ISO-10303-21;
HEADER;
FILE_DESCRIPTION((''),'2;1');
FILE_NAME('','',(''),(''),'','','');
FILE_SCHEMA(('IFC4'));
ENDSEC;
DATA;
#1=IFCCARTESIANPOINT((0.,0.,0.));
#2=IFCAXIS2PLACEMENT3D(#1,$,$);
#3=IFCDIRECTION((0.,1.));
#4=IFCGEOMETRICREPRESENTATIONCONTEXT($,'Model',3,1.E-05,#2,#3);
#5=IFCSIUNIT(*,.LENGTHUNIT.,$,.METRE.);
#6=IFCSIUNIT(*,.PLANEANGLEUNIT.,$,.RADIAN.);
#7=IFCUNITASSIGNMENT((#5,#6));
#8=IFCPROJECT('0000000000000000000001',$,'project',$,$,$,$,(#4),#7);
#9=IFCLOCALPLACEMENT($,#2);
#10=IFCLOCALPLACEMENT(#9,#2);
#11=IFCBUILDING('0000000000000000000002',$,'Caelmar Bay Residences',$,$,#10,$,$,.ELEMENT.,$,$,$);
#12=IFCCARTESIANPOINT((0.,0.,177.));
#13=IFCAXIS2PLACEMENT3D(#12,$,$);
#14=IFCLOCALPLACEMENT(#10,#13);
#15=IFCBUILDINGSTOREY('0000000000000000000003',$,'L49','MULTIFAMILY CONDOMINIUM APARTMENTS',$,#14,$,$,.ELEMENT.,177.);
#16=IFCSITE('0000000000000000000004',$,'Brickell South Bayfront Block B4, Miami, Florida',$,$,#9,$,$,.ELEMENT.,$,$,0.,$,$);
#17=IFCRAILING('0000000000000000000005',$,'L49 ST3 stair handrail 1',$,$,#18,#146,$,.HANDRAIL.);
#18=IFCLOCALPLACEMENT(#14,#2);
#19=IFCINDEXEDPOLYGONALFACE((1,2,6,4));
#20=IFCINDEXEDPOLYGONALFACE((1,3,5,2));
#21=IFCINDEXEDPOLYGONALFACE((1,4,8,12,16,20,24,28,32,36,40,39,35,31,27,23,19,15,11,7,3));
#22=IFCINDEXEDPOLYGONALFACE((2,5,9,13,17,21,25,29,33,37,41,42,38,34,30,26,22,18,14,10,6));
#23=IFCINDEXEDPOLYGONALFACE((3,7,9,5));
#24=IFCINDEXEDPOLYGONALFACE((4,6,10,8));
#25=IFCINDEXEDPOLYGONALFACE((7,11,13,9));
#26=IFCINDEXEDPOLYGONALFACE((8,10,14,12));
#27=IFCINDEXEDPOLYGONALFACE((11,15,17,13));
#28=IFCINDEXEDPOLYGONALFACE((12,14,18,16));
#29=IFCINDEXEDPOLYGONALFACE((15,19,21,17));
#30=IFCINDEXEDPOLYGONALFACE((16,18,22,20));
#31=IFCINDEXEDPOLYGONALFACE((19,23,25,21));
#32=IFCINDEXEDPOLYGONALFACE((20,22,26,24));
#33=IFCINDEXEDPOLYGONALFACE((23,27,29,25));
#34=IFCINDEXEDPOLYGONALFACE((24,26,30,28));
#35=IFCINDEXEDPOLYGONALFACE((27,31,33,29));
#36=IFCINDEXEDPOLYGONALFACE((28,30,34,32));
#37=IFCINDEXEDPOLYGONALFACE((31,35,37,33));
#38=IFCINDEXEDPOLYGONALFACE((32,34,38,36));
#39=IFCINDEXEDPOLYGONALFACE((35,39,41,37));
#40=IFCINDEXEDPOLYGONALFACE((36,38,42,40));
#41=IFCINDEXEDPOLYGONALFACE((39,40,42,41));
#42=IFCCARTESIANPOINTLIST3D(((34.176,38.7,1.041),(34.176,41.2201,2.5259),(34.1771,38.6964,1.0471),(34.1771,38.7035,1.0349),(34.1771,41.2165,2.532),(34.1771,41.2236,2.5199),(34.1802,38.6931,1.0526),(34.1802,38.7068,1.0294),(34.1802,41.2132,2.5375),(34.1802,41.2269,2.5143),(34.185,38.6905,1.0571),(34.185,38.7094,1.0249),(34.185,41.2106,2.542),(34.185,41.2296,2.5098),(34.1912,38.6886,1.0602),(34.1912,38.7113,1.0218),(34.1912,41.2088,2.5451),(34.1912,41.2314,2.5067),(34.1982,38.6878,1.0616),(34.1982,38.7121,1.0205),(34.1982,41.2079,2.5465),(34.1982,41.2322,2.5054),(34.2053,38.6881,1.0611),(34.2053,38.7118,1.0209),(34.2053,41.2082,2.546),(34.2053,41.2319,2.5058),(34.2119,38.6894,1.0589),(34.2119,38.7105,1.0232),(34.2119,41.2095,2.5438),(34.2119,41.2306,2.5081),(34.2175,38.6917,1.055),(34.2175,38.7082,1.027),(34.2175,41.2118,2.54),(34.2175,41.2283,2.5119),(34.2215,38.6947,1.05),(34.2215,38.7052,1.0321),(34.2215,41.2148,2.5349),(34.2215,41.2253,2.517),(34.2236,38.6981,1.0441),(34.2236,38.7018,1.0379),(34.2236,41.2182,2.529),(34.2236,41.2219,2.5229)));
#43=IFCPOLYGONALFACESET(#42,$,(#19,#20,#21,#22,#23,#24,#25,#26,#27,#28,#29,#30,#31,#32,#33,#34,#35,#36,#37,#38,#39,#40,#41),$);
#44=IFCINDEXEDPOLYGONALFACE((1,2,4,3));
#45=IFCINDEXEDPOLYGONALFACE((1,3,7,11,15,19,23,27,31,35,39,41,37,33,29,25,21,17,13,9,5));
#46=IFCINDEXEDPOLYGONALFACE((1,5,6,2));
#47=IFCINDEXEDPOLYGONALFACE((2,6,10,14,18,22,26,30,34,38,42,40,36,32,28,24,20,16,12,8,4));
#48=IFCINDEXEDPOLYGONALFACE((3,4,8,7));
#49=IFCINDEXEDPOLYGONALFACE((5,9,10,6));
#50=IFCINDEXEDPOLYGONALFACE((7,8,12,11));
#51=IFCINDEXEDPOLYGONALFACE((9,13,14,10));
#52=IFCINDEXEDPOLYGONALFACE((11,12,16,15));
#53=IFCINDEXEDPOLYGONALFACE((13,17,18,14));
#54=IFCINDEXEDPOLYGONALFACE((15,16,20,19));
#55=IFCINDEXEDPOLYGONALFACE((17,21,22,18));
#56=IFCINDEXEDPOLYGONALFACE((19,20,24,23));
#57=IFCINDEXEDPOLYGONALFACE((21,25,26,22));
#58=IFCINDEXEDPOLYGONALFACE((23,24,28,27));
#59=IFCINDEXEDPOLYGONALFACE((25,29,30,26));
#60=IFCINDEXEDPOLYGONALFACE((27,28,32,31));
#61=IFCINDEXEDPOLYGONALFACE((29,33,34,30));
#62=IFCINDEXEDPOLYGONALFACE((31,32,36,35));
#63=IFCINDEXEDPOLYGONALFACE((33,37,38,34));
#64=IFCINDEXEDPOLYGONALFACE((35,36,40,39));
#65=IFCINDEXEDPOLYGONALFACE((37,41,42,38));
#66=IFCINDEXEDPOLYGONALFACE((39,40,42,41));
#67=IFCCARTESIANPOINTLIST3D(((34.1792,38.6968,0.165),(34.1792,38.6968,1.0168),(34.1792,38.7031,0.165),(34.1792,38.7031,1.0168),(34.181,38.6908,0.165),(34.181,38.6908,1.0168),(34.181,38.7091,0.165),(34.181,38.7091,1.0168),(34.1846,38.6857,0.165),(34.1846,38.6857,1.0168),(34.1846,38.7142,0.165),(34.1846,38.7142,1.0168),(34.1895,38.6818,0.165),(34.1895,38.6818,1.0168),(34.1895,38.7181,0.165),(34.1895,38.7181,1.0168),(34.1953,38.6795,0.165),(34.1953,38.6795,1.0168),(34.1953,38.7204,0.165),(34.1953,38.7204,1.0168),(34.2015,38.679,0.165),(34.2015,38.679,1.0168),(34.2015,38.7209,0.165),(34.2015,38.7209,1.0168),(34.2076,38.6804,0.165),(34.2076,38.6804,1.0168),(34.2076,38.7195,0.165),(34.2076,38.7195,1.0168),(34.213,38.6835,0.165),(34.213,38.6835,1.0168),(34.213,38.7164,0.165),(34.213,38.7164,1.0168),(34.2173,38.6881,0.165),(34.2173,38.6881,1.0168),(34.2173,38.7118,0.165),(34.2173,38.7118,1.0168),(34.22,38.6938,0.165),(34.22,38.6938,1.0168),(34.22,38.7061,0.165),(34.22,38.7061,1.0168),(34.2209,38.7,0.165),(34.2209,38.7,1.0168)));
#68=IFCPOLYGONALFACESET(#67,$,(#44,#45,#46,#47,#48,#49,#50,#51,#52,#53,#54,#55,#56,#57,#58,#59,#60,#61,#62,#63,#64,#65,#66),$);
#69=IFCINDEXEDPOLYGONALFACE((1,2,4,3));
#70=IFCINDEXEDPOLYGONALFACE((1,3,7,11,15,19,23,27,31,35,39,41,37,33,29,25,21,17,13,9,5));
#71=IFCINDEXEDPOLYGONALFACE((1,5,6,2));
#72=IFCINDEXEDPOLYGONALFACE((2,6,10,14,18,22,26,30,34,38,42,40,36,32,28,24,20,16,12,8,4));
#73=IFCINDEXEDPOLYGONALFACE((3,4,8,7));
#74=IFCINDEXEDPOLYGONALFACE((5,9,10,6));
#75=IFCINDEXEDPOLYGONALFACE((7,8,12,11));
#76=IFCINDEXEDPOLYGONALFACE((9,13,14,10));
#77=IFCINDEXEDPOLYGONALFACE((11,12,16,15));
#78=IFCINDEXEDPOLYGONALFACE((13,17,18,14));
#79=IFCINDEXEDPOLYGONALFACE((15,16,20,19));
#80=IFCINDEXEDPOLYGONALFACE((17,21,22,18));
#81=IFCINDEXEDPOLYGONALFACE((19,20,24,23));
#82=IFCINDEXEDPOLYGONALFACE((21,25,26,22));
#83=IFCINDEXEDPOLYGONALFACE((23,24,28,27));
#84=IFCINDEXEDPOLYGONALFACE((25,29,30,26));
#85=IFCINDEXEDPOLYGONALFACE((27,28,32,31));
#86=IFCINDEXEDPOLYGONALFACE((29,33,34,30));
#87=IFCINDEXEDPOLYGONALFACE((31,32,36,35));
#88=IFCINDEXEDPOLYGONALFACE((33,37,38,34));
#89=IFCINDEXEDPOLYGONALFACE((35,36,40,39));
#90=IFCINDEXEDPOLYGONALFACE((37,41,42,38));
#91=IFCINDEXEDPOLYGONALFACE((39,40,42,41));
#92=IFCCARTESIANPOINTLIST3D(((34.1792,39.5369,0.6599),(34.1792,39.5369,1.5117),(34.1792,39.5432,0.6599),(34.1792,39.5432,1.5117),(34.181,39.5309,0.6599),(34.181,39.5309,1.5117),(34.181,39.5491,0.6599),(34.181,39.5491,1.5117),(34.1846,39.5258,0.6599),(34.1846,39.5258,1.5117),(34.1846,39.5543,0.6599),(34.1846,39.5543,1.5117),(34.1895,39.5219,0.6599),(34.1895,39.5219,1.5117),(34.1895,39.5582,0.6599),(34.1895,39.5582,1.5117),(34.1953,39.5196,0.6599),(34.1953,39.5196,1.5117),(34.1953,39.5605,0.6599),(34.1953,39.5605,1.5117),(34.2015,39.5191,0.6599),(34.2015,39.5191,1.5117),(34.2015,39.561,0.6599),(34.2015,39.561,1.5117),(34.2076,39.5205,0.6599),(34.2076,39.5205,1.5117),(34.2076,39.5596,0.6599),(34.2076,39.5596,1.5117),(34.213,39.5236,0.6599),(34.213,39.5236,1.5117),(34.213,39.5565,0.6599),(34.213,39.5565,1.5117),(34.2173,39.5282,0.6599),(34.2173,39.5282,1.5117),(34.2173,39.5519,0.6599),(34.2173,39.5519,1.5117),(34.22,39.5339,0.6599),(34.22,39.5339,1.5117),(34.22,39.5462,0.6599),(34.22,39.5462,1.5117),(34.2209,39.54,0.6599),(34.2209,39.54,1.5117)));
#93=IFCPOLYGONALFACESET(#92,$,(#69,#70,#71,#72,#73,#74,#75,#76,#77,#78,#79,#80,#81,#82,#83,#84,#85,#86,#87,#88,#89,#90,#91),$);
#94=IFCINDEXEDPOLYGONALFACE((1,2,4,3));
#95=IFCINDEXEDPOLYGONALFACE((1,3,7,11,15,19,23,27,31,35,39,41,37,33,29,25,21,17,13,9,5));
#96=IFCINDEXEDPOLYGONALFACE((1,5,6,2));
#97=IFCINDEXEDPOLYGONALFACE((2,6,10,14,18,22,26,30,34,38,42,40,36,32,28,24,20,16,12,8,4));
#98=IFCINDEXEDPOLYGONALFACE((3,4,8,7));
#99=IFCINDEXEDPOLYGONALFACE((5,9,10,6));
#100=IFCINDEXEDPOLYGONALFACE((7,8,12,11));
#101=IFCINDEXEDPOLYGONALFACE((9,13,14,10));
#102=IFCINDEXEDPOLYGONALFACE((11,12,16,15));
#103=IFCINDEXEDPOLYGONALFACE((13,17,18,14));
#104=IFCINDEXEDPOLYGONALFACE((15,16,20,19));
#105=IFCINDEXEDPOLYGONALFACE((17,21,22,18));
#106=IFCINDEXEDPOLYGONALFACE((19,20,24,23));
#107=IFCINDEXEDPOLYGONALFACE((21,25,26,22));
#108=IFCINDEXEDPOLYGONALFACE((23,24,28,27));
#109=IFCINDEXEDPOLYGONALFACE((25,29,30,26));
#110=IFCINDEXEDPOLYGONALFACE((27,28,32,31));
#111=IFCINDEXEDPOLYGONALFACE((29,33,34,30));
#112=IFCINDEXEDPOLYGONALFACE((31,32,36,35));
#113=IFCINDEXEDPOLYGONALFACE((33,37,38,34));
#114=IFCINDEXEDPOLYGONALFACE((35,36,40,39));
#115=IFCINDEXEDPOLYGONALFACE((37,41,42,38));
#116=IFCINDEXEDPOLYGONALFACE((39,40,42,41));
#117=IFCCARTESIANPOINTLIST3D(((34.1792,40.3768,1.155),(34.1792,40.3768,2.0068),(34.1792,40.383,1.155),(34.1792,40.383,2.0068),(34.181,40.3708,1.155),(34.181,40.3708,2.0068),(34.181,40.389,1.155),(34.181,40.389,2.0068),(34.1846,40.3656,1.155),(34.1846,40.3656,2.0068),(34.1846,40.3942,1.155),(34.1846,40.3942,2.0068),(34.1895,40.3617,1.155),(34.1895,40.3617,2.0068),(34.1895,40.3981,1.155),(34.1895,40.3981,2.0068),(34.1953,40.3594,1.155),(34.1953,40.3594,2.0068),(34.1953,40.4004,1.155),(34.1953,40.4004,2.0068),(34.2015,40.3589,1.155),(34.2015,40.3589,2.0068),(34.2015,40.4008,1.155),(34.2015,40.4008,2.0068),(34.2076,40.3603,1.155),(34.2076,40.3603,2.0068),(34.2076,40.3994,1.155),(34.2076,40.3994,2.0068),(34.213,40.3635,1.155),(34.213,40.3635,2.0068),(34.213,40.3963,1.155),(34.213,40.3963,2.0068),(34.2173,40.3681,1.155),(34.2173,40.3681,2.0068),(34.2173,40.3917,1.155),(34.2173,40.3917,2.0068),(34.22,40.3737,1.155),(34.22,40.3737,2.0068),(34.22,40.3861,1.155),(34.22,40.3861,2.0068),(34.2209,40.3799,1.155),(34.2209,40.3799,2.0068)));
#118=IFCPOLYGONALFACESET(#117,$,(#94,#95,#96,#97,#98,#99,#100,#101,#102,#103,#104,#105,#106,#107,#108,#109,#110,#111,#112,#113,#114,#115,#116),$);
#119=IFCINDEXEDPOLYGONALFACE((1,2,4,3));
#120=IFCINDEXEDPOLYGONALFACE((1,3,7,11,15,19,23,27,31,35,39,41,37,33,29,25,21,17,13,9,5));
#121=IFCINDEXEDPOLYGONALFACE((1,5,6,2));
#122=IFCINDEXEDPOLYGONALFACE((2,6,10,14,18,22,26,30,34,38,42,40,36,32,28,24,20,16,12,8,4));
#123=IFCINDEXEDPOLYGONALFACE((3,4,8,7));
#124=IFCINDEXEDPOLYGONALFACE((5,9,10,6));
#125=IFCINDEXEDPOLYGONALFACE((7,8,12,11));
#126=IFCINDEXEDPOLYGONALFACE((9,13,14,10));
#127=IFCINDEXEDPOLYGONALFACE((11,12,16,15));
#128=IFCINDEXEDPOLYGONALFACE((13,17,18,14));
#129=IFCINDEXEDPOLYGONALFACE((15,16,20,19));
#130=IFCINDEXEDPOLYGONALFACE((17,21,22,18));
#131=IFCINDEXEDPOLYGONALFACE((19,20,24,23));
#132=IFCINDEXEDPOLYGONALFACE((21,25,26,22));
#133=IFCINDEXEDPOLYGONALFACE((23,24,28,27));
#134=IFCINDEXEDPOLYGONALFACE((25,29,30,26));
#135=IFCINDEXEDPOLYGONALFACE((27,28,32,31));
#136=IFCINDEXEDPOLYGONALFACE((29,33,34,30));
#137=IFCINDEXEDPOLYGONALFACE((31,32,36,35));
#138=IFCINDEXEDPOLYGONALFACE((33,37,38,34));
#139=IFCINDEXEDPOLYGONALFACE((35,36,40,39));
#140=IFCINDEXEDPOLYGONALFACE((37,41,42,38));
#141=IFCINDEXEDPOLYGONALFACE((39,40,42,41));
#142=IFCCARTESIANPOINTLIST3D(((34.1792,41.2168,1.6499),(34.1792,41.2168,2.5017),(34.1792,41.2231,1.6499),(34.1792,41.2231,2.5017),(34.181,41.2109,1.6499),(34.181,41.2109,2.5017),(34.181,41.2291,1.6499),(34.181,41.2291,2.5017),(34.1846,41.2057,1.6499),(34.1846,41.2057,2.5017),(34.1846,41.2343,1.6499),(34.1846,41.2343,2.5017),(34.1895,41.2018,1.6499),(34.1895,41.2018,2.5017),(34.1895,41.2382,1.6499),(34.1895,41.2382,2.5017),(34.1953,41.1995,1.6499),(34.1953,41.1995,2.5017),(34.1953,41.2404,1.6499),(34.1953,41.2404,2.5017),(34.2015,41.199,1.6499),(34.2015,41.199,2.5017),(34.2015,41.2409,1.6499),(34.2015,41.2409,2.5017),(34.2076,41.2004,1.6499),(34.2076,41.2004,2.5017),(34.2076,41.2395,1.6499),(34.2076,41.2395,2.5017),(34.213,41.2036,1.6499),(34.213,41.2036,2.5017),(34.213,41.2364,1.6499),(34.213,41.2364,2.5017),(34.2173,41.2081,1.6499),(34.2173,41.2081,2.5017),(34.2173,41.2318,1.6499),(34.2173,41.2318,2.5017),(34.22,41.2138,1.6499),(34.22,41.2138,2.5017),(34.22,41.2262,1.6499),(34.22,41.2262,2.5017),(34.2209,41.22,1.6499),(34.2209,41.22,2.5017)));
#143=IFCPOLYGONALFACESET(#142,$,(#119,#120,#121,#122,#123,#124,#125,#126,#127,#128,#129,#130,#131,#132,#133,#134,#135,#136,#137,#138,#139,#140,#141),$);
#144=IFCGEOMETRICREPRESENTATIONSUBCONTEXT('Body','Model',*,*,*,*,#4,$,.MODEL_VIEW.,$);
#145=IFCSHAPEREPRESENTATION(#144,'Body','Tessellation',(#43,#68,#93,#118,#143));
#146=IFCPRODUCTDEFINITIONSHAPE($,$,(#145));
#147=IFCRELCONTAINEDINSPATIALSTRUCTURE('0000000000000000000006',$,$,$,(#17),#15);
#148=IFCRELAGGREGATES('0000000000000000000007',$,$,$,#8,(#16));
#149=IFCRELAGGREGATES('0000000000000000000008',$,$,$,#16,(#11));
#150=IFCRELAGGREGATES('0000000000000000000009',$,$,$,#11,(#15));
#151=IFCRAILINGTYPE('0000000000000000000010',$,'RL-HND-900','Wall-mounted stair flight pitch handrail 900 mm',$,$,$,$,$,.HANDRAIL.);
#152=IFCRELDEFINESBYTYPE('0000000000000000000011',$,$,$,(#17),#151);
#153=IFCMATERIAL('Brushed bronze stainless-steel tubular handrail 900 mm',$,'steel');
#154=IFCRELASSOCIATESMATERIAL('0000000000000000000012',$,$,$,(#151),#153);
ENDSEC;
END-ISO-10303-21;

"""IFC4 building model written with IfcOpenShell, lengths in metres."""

from ifc_helpers import new_model, si_unit, direction, frame, origin, origin_2d, place, context, subcontext, project, spatial, circle, extrude, material, type_object, element, save


model = new_model("IFC4")

# Units and contexts
model_context = context("Model", 3, precision=1e-05, world=origin(), true_north=direction((0.0, 1.0)))
body_context = subcontext(model_context, "Body", "Model", "MODEL_VIEW")
ifc_project = project(units=[si_unit("LENGTHUNIT", "METRE"), si_unit("PLANEANGLEUNIT", "RADIAN")], contexts=[model_context])

# Site, building, storey
site_placement = place(None, origin())
site = spatial("IfcSite", under=ifc_project, at=site_placement, Name="Brickell South Bayfront Block B4, Miami, Florida", CompositionType="ELEMENT", RefElevation=0.0)
building_placement = place(site_placement, origin())
building = spatial("IfcBuilding", under=site, at=building_placement, Name="Caelmar Bay Residences", CompositionType="ELEMENT")
storey_placement = place(building_placement, frame((0.0, 0.0, 177.0)))
storey = spatial("IfcBuildingStorey", under=building, at=storey_placement, Name="L49", Description="MULTIFAMILY CONDOMINIUM APARTMENTS", CompositionType="ELEMENT", Elevation=177.0)

# Railing
ifc_material_1 = material(Name="Brushed bronze stainless-steel tubular handrail 900 mm", Category="steel")
railing_type_1 = type_object("IfcRailingType", Name="RL-HND-900", Description="Wall-mounted stair flight pitch handrail 900 mm", PredefinedType="HANDRAIL", material=ifc_material_1)
railing_1_placement = place(storey_placement, frame((34.2, 38.7, 0.165)))
element("IfcRailing", 1, at=railing_1_placement, inside=storey, type_object=railing_type_1, Name="L49 ST3 stair handrail 1", PredefinedType="HANDRAIL", context=body_context, shape_type="SweptSolid", body=[
    extrude(circle(Radius=0.0239, at=origin_2d()), frame((0.0, 0.0, 0.876), z_axis=(0.0, 0.861561, 0.507655), x_axis=(-1.0, 0.0, 0.0)), (0.0, 0.0, 1.0), 2.925),
    extrude(circle(Radius=0.021, at=origin_2d()), origin(), (0.0, 0.0, 1.0), 0.8518),
    extrude(circle(Radius=0.021, at=origin_2d()), frame((0.0, 0.8401, 0.4949)), (0.0, 0.0, 1.0), 0.8518),
    extrude(circle(Radius=0.021, at=origin_2d()), frame((0.0, 1.6799, 0.99)), (0.0, 0.0, 1.0), 0.8518),
    extrude(circle(Radius=0.021, at=origin_2d()), frame((0.0, 2.52, 1.4849)), (0.0, 0.0, 1.0), 0.8518),
])

save(model, "model.ifc")
